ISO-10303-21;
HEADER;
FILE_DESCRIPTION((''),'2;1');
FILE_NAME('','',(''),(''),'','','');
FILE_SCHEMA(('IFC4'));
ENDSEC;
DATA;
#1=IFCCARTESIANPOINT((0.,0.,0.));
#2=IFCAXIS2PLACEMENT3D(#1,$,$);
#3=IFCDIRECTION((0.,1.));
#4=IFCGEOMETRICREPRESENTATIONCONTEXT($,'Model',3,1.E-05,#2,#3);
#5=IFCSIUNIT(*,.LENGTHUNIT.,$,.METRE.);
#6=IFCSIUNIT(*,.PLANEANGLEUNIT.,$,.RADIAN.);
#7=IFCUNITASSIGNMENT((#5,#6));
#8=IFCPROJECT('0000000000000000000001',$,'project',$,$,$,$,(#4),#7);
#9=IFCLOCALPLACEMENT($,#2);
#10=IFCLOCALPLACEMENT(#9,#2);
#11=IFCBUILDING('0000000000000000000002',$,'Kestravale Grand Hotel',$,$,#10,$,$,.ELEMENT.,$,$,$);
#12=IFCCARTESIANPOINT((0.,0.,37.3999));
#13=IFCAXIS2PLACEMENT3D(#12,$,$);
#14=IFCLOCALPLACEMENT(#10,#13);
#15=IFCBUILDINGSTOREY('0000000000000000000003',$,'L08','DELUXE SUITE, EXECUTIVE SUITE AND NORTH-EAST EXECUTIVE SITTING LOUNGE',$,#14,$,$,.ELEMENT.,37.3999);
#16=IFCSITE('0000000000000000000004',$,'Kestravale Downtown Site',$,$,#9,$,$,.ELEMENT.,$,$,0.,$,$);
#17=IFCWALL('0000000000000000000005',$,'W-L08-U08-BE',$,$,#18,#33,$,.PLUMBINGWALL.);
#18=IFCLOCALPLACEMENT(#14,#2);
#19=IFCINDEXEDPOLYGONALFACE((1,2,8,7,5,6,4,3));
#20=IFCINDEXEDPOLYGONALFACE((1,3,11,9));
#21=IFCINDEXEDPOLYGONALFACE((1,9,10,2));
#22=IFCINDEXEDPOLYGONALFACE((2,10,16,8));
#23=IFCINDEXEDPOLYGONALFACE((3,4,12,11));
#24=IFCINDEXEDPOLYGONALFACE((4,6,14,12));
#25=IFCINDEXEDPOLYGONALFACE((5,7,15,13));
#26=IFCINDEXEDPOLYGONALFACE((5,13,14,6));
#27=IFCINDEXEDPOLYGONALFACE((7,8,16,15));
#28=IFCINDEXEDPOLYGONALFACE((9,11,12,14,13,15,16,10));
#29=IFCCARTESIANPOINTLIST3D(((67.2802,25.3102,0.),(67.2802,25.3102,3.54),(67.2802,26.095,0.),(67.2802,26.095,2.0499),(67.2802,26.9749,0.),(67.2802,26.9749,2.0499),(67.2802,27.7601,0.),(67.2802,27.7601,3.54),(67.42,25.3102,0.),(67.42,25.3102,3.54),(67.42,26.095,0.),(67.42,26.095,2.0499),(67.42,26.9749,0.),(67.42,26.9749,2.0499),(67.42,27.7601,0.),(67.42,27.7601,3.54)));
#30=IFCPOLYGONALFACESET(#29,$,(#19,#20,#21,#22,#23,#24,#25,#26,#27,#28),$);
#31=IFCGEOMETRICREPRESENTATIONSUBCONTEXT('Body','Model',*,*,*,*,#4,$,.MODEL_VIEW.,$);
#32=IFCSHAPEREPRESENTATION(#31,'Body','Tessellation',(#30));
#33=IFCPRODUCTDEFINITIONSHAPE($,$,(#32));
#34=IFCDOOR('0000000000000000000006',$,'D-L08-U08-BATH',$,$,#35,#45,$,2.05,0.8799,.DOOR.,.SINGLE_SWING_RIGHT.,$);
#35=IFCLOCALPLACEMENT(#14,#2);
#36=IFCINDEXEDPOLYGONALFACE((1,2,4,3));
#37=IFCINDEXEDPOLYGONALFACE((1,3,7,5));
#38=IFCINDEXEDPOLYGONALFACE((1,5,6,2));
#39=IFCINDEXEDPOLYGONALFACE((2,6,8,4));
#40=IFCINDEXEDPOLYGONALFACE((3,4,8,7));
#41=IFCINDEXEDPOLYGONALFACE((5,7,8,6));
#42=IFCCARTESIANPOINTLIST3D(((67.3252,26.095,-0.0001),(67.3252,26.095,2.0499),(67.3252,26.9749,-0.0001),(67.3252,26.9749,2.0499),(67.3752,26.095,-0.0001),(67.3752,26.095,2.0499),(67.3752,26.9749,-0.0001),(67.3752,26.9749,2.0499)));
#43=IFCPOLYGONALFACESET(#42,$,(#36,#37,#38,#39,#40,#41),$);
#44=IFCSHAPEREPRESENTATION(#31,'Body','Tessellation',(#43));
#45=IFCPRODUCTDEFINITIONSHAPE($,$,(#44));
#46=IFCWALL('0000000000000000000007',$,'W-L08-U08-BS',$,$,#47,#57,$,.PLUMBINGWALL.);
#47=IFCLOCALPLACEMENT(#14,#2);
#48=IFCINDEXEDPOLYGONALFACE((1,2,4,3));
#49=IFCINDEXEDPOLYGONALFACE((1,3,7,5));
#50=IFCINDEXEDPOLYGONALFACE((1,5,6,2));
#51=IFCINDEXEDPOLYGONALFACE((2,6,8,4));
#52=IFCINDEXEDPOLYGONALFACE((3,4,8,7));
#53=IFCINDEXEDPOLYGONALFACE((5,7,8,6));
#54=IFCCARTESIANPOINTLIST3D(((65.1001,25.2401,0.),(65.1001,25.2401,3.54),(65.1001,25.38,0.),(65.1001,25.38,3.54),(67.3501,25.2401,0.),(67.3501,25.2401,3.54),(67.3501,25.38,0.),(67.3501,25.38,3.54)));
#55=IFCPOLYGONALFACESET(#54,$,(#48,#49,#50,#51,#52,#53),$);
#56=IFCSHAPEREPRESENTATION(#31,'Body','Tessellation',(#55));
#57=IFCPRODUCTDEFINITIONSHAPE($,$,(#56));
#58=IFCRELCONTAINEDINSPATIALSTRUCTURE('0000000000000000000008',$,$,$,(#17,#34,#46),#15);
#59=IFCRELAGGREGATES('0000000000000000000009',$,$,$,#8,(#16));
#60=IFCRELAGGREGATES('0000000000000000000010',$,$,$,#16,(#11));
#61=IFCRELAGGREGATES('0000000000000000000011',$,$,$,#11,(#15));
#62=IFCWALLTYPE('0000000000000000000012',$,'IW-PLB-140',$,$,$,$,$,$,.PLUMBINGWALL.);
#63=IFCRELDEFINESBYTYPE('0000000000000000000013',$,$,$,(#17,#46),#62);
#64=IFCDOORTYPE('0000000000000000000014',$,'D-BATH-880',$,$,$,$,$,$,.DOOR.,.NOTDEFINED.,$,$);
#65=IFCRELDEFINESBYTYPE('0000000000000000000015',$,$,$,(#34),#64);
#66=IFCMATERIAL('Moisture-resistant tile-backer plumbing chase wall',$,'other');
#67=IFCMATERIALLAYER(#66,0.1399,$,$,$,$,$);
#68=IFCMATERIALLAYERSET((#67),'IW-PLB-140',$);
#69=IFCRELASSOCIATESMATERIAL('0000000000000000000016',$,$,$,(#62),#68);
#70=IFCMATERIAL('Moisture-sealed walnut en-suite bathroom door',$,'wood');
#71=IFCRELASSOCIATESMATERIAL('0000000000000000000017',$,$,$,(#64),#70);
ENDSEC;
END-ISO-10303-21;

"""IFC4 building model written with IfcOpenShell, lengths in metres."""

from ifc_helpers import new_model, si_unit, direction, frame, frame_2d, origin, place, context, subcontext, project, spatial, rectangle, extrude, material, layer, layer_set, type_object, element, fill, save


model = new_model("IFC4")

# Units and contexts
model_context = context("Model", 3, precision=1e-05, world=origin(), true_north=direction((0.0, 1.0)))
body_context = subcontext(model_context, "Body", "Model", "MODEL_VIEW")
ifc_project = project(units=[si_unit("LENGTHUNIT", "METRE"), si_unit("PLANEANGLEUNIT", "RADIAN")], contexts=[model_context])

# Site, building, storey
site_placement = place(None, origin())
site = spatial("IfcSite", under=ifc_project, at=site_placement, Name="Kestravale Downtown Site", CompositionType="ELEMENT", RefElevation=0.0)
building_placement = place(site_placement, origin())
building = spatial("IfcBuilding", under=site, at=building_placement, Name="Kestravale Grand Hotel", CompositionType="ELEMENT")
storey_placement = place(building_placement, frame((0.0, 0.0, 37.3999)))
storey = spatial("IfcBuildingStorey", under=building, at=storey_placement, Name="L08", Description="DELUXE SUITE, EXECUTIVE SUITE AND NORTH-EAST EXECUTIVE SITTING LOUNGE", CompositionType="ELEMENT", Elevation=37.3999)

# Shared definitions
ifc_material_1 = material(Name="Moisture-resistant tile-backer plumbing chase wall", Category="other")
ifc_layer_1 = layer(ifc_material_1, 0.1399)
ifc_layer_set_1 = layer_set([ifc_layer_1], Name="IW-PLB-140")
wall_type_1 = type_object("IfcWallType", Name="IW-PLB-140", PredefinedType="PLUMBINGWALL", material=ifc_layer_set_1)

# Shared definitions
ifc_material_2 = material(Name="Moisture-sealed walnut en-suite bathroom door", Category="wood")
door_type = type_object("IfcDoorType", Name="D-BATH-880", OperationType="NOTDEFINED", PredefinedType="DOOR", material=ifc_material_2)

# Wall, opening, door
wall_1_placement = place(storey_placement, frame((67.3501, 25.3101, 0.0), z_axis=(0.0, 0.0, 1.0), x_axis=(0.0, 1.0, 0.0)))
wall_1 = element("IfcWall", 1, at=wall_1_placement, inside=storey, type_object=wall_type_1, Name="W-L08-U08-BE", PredefinedType="PLUMBINGWALL", context=body_context, shape_type="SweptSolid", body=[
    extrude(rectangle(XDim=2.45, YDim=0.1399, at=frame_2d((1.2251, 0.0))), origin(), (0.0, 0.0, 1.0), 3.54),
])
opening_1_placement = place(wall_1_placement, frame((0.7849, 0.0, 0.0)))
opening_1 = element("IfcOpeningElement", 2, at=opening_1_placement, cuts=wall_1, PredefinedType="OPENING", context=body_context, shape_type="SweptSolid", body=[
    extrude(rectangle(XDim=0.8799, YDim=2.05, at=frame_2d((0.4399, 1.0249))), frame((0.0, 0.0798, 0.0), z_axis=(0.0, -1.0, 0.0), x_axis=(1.0, 0.0, 0.0)), (0.0, 0.0, 1.0), 0.1599),
])
door_1_placement = place(opening_1_placement, origin())
door_1 = element("IfcDoor", 3, at=door_1_placement, inside=storey, type_object=door_type, Name="D-L08-U08-BATH", OperationType="SINGLE_SWING_RIGHT", OverallHeight=2.05, OverallWidth=0.8799, PredefinedType="DOOR", context=body_context, shape_type="SweptSolid", body=[
    extrude(rectangle(XDim=0.8799, YDim=2.05, at=frame_2d((0.4399, 1.0249))), frame((0.0, 0.0249, 0.0), z_axis=(0.0, -1.0, 0.0), x_axis=(1.0, 0.0, 0.0)), (0.0, 0.0, 1.0), 0.05),
])
fill(opening_1, door_1)

# Wall
wall_2_placement = place(storey_placement, frame((65.1001, 25.3101, 0.0), z_axis=(0.0, 0.0, 1.0), x_axis=(1.0, 0.0, 0.0)))
element("IfcWall", 4, at=wall_2_placement, inside=storey, type_object=wall_type_1, Name="W-L08-U08-BS", PredefinedType="PLUMBINGWALL", context=body_context, shape_type="SweptSolid", body=[
    extrude(rectangle(XDim=2.25, YDim=0.1399, at=frame_2d((1.125, 0.0))), origin(), (0.0, 0.0, 1.0), 3.54),
])

save(model, "model.ifc")
